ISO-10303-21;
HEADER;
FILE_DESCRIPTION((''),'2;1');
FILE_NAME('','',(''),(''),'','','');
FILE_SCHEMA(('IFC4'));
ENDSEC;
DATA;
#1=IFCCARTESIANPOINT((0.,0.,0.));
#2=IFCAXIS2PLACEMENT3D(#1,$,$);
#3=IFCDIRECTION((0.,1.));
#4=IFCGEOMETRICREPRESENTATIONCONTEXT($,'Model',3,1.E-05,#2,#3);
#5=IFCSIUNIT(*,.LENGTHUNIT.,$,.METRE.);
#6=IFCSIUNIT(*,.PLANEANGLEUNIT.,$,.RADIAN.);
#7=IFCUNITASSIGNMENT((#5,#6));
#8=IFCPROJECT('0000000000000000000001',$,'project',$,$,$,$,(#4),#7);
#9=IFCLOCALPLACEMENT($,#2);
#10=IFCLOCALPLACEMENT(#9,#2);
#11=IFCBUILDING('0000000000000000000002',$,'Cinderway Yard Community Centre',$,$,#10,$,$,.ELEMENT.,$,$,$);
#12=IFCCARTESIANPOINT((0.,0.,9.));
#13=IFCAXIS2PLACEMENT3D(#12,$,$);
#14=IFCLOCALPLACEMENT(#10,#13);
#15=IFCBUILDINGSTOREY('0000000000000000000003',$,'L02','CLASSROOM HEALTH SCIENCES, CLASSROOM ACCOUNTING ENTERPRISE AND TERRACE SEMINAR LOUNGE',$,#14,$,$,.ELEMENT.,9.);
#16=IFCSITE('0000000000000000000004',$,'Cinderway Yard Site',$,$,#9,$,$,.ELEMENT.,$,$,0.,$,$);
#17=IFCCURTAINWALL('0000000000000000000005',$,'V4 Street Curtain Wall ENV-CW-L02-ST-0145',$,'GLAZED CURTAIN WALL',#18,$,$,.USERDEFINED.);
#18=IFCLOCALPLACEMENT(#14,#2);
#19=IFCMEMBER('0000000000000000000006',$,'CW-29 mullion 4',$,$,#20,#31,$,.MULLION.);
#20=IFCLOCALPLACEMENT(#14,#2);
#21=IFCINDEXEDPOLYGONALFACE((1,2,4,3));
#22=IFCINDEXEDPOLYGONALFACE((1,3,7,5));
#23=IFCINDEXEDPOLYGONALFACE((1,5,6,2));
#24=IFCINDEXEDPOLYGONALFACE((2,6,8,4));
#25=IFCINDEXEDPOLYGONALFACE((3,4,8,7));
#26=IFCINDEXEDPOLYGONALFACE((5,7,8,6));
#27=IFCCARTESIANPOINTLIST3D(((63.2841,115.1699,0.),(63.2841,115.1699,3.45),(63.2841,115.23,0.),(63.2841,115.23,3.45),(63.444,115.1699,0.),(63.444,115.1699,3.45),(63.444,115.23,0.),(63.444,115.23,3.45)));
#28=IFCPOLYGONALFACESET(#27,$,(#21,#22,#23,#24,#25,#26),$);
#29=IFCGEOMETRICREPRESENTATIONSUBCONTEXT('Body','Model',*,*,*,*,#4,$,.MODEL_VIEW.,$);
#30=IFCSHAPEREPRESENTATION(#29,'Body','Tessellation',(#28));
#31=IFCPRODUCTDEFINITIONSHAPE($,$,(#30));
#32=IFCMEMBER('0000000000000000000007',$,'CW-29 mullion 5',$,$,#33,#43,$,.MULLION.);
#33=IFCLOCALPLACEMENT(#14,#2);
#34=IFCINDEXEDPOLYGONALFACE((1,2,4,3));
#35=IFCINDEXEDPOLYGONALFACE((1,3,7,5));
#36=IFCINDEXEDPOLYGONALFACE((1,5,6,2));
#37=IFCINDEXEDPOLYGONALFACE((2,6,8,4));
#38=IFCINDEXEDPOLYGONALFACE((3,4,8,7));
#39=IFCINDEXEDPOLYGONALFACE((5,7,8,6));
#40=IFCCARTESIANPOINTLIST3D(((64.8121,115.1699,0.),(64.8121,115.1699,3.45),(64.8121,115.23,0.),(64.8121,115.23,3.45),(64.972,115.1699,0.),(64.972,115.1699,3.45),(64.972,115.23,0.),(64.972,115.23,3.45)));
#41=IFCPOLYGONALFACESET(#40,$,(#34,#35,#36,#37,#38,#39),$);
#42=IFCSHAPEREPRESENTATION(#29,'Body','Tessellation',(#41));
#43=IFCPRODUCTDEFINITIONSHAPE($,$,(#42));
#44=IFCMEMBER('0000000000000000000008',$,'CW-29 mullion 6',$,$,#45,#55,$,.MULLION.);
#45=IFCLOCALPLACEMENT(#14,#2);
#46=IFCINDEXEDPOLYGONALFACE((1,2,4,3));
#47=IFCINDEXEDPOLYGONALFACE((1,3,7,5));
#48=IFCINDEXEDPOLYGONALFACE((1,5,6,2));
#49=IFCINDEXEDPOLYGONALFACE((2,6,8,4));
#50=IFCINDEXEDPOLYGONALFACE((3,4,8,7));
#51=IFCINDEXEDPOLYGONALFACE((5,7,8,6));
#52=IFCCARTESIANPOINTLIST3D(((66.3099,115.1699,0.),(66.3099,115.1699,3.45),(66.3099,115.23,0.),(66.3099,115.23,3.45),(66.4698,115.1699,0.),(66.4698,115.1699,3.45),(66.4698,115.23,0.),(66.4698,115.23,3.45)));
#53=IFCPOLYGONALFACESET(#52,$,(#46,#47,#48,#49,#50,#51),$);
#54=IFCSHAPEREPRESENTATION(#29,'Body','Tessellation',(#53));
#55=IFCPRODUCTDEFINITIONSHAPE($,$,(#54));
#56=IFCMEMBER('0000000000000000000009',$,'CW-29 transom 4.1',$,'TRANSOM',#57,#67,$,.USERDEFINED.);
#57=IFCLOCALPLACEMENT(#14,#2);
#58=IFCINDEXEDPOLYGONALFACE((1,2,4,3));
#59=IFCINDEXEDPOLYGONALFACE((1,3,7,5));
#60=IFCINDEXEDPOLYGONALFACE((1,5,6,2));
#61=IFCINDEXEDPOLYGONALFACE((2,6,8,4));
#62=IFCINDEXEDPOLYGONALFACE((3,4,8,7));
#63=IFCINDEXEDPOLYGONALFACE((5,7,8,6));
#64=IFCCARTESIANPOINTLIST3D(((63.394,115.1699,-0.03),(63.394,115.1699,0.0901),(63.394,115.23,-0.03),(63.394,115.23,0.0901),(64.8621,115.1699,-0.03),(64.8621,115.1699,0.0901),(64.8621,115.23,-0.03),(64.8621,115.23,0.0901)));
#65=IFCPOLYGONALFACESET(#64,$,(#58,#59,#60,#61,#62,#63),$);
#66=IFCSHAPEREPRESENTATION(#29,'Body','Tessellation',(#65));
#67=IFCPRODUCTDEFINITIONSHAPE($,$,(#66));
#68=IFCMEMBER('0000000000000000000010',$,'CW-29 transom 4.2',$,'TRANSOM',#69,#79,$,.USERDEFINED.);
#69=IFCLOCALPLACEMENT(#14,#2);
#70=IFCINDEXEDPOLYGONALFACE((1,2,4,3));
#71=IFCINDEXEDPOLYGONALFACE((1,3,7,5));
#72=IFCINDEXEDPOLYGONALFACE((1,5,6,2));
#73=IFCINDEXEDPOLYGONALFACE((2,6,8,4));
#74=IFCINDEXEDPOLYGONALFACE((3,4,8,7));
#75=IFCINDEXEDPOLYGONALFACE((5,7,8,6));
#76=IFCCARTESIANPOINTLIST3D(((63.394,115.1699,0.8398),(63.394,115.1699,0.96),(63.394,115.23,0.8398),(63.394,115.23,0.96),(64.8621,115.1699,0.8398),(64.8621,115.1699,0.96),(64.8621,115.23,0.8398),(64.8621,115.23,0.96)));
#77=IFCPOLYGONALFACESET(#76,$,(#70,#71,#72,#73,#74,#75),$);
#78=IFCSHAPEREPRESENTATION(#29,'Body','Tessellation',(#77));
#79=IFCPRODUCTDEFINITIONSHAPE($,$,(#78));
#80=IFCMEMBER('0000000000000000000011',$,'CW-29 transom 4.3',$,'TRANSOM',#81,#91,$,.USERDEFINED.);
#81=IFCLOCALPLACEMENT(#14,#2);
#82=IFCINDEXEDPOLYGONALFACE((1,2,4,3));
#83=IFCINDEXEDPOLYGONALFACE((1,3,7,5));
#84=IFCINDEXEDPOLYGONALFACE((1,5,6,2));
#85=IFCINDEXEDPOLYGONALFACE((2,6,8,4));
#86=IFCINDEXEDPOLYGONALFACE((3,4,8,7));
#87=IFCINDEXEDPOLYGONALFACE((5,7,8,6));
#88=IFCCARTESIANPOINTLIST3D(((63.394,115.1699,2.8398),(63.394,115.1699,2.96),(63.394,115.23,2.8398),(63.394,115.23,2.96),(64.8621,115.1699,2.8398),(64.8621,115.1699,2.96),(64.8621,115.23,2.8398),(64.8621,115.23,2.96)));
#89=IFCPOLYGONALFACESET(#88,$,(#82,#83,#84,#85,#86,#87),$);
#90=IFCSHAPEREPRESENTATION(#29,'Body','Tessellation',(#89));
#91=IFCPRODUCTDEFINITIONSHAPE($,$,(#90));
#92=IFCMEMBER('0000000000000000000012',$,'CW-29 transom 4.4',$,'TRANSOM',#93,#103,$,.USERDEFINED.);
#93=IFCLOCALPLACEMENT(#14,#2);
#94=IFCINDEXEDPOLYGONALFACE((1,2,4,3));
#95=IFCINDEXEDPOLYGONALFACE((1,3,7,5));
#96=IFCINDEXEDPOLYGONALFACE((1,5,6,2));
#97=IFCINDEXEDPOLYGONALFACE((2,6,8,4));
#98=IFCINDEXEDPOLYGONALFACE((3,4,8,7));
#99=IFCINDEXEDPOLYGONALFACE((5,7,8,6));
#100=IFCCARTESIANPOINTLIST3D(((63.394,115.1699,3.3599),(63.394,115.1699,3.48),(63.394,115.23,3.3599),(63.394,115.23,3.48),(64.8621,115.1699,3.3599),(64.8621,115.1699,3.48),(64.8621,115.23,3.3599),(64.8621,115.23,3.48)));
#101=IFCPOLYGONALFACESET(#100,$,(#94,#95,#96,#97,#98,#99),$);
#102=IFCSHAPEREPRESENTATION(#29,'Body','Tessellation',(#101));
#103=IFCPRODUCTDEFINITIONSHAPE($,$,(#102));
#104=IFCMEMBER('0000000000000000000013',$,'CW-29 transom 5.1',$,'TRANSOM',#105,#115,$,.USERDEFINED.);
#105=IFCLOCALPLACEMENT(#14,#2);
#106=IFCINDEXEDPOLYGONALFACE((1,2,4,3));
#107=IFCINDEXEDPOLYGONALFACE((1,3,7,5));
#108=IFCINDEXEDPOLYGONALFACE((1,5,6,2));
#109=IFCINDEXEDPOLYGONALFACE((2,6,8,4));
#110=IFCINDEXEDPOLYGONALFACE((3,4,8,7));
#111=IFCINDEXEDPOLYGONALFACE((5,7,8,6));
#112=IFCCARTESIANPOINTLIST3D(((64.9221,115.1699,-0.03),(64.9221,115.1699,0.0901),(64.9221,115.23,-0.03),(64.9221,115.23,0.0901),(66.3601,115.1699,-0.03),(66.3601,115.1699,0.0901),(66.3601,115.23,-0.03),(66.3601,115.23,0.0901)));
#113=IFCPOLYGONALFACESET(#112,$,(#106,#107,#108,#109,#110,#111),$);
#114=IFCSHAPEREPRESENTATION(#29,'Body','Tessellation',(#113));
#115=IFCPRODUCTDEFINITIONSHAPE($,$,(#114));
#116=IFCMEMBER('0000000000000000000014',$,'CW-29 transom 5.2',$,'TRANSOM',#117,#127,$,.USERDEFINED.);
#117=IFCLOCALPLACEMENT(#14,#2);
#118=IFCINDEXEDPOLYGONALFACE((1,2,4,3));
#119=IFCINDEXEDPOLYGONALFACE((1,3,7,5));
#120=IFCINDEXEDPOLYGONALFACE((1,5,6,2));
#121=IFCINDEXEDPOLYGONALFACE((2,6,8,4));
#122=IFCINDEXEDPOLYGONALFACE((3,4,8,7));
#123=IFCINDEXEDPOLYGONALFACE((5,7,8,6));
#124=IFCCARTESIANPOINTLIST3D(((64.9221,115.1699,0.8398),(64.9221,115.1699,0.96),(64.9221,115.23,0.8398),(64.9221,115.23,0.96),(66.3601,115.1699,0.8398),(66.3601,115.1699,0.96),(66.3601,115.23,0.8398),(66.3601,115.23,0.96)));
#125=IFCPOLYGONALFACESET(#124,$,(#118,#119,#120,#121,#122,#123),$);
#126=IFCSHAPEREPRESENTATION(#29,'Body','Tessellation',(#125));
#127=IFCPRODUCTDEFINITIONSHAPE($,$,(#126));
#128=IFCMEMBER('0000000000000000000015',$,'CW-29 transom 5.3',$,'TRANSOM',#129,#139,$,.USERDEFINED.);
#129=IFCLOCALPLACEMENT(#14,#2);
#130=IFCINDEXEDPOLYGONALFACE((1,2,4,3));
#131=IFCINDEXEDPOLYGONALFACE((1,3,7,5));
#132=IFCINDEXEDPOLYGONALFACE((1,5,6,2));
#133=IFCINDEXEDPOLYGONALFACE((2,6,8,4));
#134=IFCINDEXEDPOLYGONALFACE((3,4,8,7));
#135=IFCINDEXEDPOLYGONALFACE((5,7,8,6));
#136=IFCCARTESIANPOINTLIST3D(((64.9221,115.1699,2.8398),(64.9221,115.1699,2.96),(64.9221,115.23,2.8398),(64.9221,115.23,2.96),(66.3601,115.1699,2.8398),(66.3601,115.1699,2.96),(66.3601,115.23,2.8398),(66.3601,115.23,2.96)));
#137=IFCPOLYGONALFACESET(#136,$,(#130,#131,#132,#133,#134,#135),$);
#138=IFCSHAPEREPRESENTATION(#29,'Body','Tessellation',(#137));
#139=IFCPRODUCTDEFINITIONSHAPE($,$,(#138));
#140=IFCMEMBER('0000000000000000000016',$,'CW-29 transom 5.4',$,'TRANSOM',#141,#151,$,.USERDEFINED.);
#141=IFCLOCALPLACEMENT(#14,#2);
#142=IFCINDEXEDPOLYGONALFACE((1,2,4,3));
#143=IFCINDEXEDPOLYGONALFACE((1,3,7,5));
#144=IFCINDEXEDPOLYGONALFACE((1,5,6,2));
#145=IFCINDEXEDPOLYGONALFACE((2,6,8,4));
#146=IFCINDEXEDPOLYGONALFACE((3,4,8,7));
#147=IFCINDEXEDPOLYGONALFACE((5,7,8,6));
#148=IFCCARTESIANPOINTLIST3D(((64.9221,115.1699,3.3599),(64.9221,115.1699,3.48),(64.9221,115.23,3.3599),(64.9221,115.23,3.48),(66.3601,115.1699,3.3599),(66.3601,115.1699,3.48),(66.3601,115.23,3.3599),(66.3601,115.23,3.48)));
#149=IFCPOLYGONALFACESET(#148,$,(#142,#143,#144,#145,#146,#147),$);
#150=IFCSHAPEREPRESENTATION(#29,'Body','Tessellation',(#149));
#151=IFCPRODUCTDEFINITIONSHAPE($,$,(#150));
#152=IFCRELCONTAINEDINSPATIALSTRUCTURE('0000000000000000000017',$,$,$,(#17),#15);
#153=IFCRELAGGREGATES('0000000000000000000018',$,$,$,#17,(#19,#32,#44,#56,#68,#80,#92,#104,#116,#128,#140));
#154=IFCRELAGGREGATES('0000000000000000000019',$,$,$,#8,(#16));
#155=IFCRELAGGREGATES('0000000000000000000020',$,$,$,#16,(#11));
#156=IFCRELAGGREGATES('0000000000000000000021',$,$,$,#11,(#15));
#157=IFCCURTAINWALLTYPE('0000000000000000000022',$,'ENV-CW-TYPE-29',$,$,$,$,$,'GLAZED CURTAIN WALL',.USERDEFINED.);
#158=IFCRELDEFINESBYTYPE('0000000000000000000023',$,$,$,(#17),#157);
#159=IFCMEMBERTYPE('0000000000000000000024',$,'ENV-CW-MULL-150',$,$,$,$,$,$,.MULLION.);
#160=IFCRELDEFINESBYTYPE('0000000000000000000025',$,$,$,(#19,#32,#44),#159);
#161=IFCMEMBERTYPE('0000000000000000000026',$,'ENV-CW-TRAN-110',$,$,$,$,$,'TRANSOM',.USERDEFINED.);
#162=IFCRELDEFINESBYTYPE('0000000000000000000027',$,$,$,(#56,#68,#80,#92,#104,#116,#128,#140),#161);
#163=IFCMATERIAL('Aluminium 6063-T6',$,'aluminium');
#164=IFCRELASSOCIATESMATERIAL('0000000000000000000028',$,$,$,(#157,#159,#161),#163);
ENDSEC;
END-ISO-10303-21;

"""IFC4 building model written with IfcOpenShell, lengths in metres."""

from ifc_helpers import new_model, si_unit, direction, frame, origin, origin_2d, place, context, subcontext, project, spatial, rectangle, extrude, material, material_profile, profile_set, type_object, element, aggregate, save


model = new_model("IFC4")

# Units and contexts
model_context = context("Model", 3, precision=1e-05, world=origin(), true_north=direction((0.0, 1.0)))
body_context = subcontext(model_context, "Body", "Model", "MODEL_VIEW")
ifc_project = project(units=[si_unit("LENGTHUNIT", "METRE"), si_unit("PLANEANGLEUNIT", "RADIAN")], contexts=[model_context])

# Site, building, storey
site_placement = place(None, origin())
site = spatial("IfcSite", under=ifc_project, at=site_placement, Name="Cinderway Yard Site", CompositionType="ELEMENT", RefElevation=0.0)
building_placement = place(site_placement, origin())
building = spatial("IfcBuilding", under=site, at=building_placement, Name="Cinderway Yard Community Centre", CompositionType="ELEMENT")
storey_placement = place(building_placement, frame((0.0, 0.0, 9.0)))
storey = spatial("IfcBuildingStorey", under=building, at=storey_placement, Name="L02", Description="CLASSROOM HEALTH SCIENCES, CLASSROOM ACCOUNTING ENTERPRISE AND TERRACE SEMINAR LOUNGE", CompositionType="ELEMENT", Elevation=9.0)

# Curtain wall, members
ifc_material_1 = material(Name="Aluminium 6063-T6", Category="aluminium")
curtain_wall_type = type_object("IfcCurtainWallType", Name="ENV-CW-TYPE-29", ElementType="GLAZED CURTAIN WALL", PredefinedType="USERDEFINED", material=ifc_material_1)
curtain_wall_placement = place(storey_placement, origin())
curtain_wall = element("IfcCurtainWall", 1, at=curtain_wall_placement, inside=storey, type_object=curtain_wall_type, Name="V4 Street Curtain Wall ENV-CW-L02-ST-0145", ObjectType="GLAZED CURTAIN WALL", PredefinedType="USERDEFINED")
ifc_material_profile_1 = material_profile(ifc_material_1, rectangle(XDim=0.0601, YDim=0.1599, at=origin_2d()), Name="Aluminium 6063-T6")
ifc_profile_set_1 = profile_set([ifc_material_profile_1], Name="Aluminium 6063-T6")
member_type_1 = type_object("IfcMemberType", Name="ENV-CW-MULL-150", PredefinedType="MULLION", material=ifc_profile_set_1)
member_1_placement = place(storey_placement, frame((63.364, 115.2, 0.0), z_axis=(0.0, 0.0, 1.0), x_axis=(0.0, 1.0, 0.0)))
member_1 = element("IfcMember", 2, at=member_1_placement, type_object=member_type_1, Name="CW-29 mullion 4", PredefinedType="MULLION", context=body_context, shape_type="SweptSolid", body=[
    extrude(rectangle(XDim=0.0601, YDim=0.1599, at=origin_2d()), origin(), (0.0, 0.0, 1.0), 3.45),
])
member_2_placement = place(storey_placement, frame((64.8921, 115.2, 0.0), z_axis=(0.0, 0.0, 1.0), x_axis=(0.0, 1.0, 0.0)))
member_2 = element("IfcMember", 3, at=member_2_placement, type_object=member_type_1, Name="CW-29 mullion 5", PredefinedType="MULLION", context=body_context, shape_type="SweptSolid", body=[
    extrude(rectangle(XDim=0.0601, YDim=0.1599, at=origin_2d()), origin(), (0.0, 0.0, 1.0), 3.45),
])
member_3_placement = place(storey_placement, frame((66.3899, 115.2, 0.0), z_axis=(0.0, 0.0, 1.0), x_axis=(0.0, 1.0, 0.0)))
member_3 = element("IfcMember", 4, at=member_3_placement, type_object=member_type_1, Name="CW-29 mullion 6", PredefinedType="MULLION", context=body_context, shape_type="SweptSolid", body=[
    extrude(rectangle(XDim=0.0601, YDim=0.1599, at=origin_2d()), origin(), (0.0, 0.0, 1.0), 3.45),
])
ifc_material_profile_2 = material_profile(ifc_material_1, rectangle(XDim=0.0601, YDim=0.1201, at=origin_2d()), Name="Aluminium 6063-T6")
ifc_profile_set_2 = profile_set([ifc_material_profile_2], Name="Aluminium 6063-T6")
member_type_2 = type_object("IfcMemberType", Name="ENV-CW-TRAN-110", ElementType="TRANSOM", PredefinedType="USERDEFINED", material=ifc_profile_set_2)
member_4_placement = place(storey_placement, frame((63.394, 115.2, 0.03), z_axis=(1.0, 0.0, 0.0), x_axis=(0.0, 1.0, 0.0)))
member_4 = element("IfcMember", 5, at=member_4_placement, type_object=member_type_2, Name="CW-29 transom 4.1", ObjectType="TRANSOM", PredefinedType="USERDEFINED", context=body_context, shape_type="SweptSolid", body=[
    extrude(rectangle(XDim=0.0601, YDim=0.1201, at=origin_2d()), origin(), (0.0, 0.0, 1.0), 1.468),
])
member_5_placement = place(storey_placement, frame((63.394, 115.2, 0.8999), z_axis=(1.0, 0.0, 0.0), x_axis=(0.0, 1.0, 0.0)))
member_5 = element("IfcMember", 6, at=member_5_placement, type_object=member_type_2, Name="CW-29 transom 4.2", ObjectType="TRANSOM", PredefinedType="USERDEFINED", context=body_context, shape_type="SweptSolid", body=[
    extrude(rectangle(XDim=0.0601, YDim=0.1201, at=origin_2d()), origin(), (0.0, 0.0, 1.0), 1.468),
])
member_6_placement = place(storey_placement, frame((63.394, 115.2, 2.8999), z_axis=(1.0, 0.0, 0.0), x_axis=(0.0, 1.0, 0.0)))
member_6 = element("IfcMember", 7, at=member_6_placement, type_object=member_type_2, Name="CW-29 transom 4.3", ObjectType="TRANSOM", PredefinedType="USERDEFINED", context=body_context, shape_type="SweptSolid", body=[
    extrude(rectangle(XDim=0.0601, YDim=0.1201, at=origin_2d()), origin(), (0.0, 0.0, 1.0), 1.468),
])
member_7_placement = place(storey_placement, frame((63.394, 115.2, 3.4199), z_axis=(1.0, 0.0, 0.0), x_axis=(0.0, 1.0, 0.0)))
member_7 = element("IfcMember", 8, at=member_7_placement, type_object=member_type_2, Name="CW-29 transom 4.4", ObjectType="TRANSOM", PredefinedType="USERDEFINED", context=body_context, shape_type="SweptSolid", body=[
    extrude(rectangle(XDim=0.0601, YDim=0.1201, at=origin_2d()), origin(), (0.0, 0.0, 1.0), 1.468),
])
member_8_placement = place(storey_placement, frame((64.9221, 115.2, 0.03), z_axis=(1.0, 0.0, 0.0), x_axis=(0.0, 1.0, 0.0)))
member_8 = element("IfcMember", 9, at=member_8_placement, type_object=member_type_2, Name="CW-29 transom 5.1", ObjectType="TRANSOM", PredefinedType="USERDEFINED", context=body_context, shape_type="SweptSolid", body=[
    extrude(rectangle(XDim=0.0601, YDim=0.1201, at=origin_2d()), origin(), (0.0, 0.0, 1.0), 1.438),
])
member_9_placement = place(storey_placement, frame((64.9221, 115.2, 0.8999), z_axis=(1.0, 0.0, 0.0), x_axis=(0.0, 1.0, 0.0)))
member_9 = element("IfcMember", 10, at=member_9_placement, type_object=member_type_2, Name="CW-29 transom 5.2", ObjectType="TRANSOM", PredefinedType="USERDEFINED", context=body_context, shape_type="SweptSolid", body=[
    extrude(rectangle(XDim=0.0601, YDim=0.1201, at=origin_2d()), origin(), (0.0, 0.0, 1.0), 1.438),
])
member_10_placement = place(storey_placement, frame((64.9221, 115.2, 2.8999), z_axis=(1.0, 0.0, 0.0), x_axis=(0.0, 1.0, 0.0)))
member_10 = element("IfcMember", 11, at=member_10_placement, type_object=member_type_2, Name="CW-29 transom 5.3", ObjectType="TRANSOM", PredefinedType="USERDEFINED", context=body_context, shape_type="SweptSolid", body=[
    extrude(rectangle(XDim=0.0601, YDim=0.1201, at=origin_2d()), origin(), (0.0, 0.0, 1.0), 1.438),
])
member_11_placement = place(storey_placement, frame((64.9221, 115.2, 3.4199), z_axis=(1.0, 0.0, 0.0), x_axis=(0.0, 1.0, 0.0)))
member_11 = element("IfcMember", 12, at=member_11_placement, type_object=member_type_2, Name="CW-29 transom 5.4", ObjectType="TRANSOM", PredefinedType="USERDEFINED", context=body_context, shape_type="SweptSolid", body=[
    extrude(rectangle(XDim=0.0601, YDim=0.1201, at=origin_2d()), origin(), (0.0, 0.0, 1.0), 1.438),
])

aggregate(curtain_wall, [member_1, member_2, member_3, member_4, member_5, member_6, member_7, member_8, member_9, member_10, member_11])

save(model, "model.ifc")
